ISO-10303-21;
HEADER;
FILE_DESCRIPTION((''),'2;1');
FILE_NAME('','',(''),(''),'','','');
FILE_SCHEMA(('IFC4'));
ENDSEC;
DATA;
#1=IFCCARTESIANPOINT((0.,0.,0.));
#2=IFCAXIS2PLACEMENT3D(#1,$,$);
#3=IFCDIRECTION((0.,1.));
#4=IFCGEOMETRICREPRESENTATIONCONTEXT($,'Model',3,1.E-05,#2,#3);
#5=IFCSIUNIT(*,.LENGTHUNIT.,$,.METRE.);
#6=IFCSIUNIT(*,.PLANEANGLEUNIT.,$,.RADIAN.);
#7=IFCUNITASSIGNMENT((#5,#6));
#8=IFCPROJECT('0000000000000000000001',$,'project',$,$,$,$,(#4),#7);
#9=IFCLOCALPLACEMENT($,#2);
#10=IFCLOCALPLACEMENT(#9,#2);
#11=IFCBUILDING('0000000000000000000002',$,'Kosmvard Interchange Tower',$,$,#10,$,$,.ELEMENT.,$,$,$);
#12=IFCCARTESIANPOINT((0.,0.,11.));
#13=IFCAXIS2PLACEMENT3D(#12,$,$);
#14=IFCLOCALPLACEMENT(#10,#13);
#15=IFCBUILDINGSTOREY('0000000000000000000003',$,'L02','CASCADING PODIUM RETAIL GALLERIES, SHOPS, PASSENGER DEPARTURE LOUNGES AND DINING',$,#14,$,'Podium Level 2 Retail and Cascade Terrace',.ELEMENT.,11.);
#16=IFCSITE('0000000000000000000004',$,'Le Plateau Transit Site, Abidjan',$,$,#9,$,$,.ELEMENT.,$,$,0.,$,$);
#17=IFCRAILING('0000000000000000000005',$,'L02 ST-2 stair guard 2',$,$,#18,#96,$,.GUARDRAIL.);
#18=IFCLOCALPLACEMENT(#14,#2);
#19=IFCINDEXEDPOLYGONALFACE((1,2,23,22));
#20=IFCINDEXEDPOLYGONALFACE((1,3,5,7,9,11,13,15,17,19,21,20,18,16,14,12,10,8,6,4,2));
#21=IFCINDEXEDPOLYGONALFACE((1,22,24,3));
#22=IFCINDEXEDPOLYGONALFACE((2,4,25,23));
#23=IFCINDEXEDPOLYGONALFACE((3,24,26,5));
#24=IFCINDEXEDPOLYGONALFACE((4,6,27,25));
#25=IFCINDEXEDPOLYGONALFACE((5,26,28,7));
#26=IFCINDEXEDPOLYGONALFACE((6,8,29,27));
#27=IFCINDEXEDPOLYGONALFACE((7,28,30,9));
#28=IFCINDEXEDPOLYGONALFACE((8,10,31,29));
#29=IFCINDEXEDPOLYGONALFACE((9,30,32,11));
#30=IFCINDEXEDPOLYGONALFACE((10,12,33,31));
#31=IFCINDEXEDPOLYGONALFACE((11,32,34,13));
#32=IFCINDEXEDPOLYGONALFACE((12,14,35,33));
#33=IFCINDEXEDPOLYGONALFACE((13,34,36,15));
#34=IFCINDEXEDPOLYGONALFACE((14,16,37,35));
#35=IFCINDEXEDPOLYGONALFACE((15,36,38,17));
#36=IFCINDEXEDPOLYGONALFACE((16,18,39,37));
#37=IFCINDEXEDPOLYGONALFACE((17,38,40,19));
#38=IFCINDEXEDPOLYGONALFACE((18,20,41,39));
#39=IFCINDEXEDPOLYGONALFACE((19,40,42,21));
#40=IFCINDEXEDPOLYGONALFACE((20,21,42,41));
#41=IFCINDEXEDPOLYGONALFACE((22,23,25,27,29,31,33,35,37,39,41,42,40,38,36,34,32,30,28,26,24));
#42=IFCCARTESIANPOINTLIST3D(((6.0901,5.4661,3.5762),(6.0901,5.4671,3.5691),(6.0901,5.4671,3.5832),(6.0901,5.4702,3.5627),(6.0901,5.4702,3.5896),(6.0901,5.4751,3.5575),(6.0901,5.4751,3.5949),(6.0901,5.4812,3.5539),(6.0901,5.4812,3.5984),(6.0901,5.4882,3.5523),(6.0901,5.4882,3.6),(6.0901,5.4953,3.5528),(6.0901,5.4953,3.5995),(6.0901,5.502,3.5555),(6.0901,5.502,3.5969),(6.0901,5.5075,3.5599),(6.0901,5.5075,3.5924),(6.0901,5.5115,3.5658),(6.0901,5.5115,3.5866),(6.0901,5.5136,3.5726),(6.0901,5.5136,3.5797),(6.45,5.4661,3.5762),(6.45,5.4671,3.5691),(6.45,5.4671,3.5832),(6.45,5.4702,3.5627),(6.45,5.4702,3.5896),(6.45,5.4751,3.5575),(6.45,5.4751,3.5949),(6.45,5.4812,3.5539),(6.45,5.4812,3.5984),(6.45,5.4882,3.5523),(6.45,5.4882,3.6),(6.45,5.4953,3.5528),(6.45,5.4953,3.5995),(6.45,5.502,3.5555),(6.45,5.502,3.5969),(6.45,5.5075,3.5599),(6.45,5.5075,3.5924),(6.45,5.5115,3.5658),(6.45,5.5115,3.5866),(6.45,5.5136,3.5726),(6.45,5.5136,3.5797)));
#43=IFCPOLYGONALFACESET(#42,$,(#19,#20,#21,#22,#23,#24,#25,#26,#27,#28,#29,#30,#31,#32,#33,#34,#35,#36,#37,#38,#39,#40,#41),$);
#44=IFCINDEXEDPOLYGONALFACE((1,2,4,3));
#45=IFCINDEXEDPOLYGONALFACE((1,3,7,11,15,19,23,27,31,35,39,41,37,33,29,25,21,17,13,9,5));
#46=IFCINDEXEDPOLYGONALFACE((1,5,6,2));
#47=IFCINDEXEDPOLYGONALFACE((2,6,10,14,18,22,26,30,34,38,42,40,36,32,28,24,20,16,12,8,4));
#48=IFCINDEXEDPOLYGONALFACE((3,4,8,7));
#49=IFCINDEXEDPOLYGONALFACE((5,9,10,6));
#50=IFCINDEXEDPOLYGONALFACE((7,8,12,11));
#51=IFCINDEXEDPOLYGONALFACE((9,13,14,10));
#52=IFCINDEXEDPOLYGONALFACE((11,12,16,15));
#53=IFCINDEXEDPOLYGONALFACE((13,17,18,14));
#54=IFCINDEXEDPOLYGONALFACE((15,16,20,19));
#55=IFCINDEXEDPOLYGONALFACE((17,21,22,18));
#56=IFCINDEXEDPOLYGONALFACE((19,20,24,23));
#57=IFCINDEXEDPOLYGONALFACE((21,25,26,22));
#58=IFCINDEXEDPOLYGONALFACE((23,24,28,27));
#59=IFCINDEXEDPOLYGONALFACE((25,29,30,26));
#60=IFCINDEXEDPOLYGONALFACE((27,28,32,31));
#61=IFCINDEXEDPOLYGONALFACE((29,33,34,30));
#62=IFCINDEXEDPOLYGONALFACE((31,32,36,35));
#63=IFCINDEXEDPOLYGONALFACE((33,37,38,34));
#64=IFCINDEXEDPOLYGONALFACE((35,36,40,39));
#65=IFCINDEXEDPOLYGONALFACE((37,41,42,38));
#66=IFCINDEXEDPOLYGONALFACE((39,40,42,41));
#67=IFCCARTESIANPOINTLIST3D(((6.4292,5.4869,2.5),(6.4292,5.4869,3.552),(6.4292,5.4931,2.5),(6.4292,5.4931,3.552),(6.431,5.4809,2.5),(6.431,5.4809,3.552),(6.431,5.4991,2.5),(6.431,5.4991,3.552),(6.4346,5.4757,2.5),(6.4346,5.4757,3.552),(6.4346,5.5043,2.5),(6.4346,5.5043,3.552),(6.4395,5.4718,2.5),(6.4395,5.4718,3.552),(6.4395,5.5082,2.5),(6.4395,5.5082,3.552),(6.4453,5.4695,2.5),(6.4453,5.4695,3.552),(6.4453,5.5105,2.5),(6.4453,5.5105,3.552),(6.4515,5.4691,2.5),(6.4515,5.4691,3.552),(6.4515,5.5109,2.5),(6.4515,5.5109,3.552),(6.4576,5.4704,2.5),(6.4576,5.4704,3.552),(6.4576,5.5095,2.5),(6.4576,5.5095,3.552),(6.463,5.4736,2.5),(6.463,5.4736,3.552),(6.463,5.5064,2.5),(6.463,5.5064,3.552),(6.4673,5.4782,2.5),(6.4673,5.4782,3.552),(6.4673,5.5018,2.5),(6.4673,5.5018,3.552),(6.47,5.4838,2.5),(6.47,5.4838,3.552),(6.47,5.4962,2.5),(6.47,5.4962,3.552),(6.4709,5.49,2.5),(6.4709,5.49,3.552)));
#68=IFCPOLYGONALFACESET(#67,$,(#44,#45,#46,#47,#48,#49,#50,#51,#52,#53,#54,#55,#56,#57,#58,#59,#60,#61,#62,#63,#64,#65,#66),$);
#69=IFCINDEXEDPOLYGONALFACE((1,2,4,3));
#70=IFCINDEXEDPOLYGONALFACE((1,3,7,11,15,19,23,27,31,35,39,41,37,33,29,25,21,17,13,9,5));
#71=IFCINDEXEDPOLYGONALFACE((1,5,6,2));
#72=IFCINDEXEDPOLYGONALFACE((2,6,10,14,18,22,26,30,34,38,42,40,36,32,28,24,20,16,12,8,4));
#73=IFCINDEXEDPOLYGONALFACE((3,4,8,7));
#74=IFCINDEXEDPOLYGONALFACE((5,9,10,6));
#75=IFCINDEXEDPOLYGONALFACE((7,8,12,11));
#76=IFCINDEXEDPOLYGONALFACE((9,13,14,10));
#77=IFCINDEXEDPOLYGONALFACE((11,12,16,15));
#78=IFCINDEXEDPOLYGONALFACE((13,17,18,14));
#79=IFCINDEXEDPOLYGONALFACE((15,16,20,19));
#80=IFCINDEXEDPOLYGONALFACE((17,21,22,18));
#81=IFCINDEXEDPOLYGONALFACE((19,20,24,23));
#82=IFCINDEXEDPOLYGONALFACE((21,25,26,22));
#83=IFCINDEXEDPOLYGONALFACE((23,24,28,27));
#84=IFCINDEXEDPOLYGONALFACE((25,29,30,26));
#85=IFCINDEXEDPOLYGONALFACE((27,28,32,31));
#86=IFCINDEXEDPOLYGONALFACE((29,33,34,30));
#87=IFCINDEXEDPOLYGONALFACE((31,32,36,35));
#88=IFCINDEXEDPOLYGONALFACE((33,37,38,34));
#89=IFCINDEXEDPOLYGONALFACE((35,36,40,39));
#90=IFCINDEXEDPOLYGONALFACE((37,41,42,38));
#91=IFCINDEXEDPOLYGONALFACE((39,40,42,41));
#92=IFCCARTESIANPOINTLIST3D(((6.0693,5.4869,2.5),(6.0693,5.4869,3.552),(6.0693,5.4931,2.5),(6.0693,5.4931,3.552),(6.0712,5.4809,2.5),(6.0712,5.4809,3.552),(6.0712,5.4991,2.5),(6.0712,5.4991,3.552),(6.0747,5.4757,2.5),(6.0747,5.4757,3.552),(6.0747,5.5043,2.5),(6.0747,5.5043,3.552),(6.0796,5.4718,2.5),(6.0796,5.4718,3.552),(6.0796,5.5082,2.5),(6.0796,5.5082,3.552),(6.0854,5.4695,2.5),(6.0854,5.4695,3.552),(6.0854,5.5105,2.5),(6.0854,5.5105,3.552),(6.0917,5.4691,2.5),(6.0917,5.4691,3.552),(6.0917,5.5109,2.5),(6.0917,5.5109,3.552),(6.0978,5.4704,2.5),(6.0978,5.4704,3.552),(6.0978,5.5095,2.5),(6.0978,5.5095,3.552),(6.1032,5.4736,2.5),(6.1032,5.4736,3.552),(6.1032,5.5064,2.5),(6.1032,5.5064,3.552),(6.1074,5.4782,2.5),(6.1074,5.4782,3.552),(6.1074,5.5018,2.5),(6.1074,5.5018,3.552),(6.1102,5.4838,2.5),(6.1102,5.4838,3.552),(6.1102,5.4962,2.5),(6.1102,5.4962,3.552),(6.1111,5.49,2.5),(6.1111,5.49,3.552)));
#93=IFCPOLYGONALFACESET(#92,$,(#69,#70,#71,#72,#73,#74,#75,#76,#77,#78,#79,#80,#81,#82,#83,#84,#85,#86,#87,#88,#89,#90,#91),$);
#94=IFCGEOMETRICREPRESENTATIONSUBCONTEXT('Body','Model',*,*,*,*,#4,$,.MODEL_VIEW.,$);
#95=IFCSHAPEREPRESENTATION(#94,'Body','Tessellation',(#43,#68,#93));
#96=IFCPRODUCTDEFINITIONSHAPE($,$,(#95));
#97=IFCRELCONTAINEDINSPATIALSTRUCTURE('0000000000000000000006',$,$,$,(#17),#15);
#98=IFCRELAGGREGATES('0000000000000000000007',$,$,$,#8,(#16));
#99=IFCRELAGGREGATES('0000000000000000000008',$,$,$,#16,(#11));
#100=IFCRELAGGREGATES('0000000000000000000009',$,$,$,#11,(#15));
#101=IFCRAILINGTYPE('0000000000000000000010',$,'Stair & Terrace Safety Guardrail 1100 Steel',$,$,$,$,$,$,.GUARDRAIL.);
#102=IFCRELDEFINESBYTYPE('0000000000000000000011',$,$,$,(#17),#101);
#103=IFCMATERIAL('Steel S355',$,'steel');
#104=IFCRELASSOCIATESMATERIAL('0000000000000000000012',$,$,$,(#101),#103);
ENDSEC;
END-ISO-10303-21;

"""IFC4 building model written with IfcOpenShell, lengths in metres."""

from ifc_helpers import new_model, si_unit, direction, frame, origin, origin_2d, place, context, subcontext, project, spatial, circle, extrude, source, transform, mapped, material, type_object, element, save


model = new_model("IFC4")

# Units and contexts
model_context = context("Model", 3, precision=1e-05, world=origin(), true_north=direction((0.0, 1.0)))
body_context = subcontext(model_context, "Body", "Model", "MODEL_VIEW")
ifc_project = project(units=[si_unit("LENGTHUNIT", "METRE"), si_unit("PLANEANGLEUNIT", "RADIAN")], contexts=[model_context])

# Site, building, storey
site_placement = place(None, origin())
site = spatial("IfcSite", under=ifc_project, at=site_placement, Name="Le Plateau Transit Site, Abidjan", CompositionType="ELEMENT", RefElevation=0.0)
building_placement = place(site_placement, origin())
building = spatial("IfcBuilding", under=site, at=building_placement, Name="Kosmvard Interchange Tower", CompositionType="ELEMENT")
storey_placement = place(building_placement, frame((0.0, 0.0, 11.0)))
storey = spatial("IfcBuildingStorey", under=building, at=storey_placement, Name="L02", Description="CASCADING PODIUM RETAIL GALLERIES, SHOPS, PASSENGER DEPARTURE LOUNGES AND DINING", LongName="Podium Level 2 Retail and Cascade Terrace", CompositionType="ELEMENT", Elevation=11.0)

# Shared definitions
ifc_material_1 = material(Name="Steel S355", Category="steel")

# Railing
railing_type_1 = type_object("IfcRailingType", Name="Stair & Terrace Safety Guardrail 1100 Steel", PredefinedType="GUARDRAIL", material=ifc_material_1)
shared_shape_1 = source(origin(), body_context, "Body", "SweptSolid", [
    extrude(circle(Radius=0.0239, at=origin_2d()), frame((0.0, 0.0, 1.0762), z_axis=(-1.0, 0.0, 0.0), x_axis=(0.0, -1.0, 0.0)), (0.0, 0.0, 1.0), 0.3599),
    extrude(circle(Radius=0.021, at=origin_2d()), origin(), (0.0, 0.0, 1.0), 1.052),
    extrude(circle(Radius=0.021, at=origin_2d()), frame((-0.3599, 0.0, 0.0)), (0.0, 0.0, 1.0), 1.052),
])
railing_1_placement = place(storey_placement, frame((6.45, 5.49, 2.5)))
element("IfcRailing", 1, at=railing_1_placement, inside=storey, type_object=railing_type_1, Name="L02 ST-2 stair guard 2", PredefinedType="GUARDRAIL", context=body_context, shape_type="MappedRepresentation", body=[
    mapped(shared_shape_1, transform((0.0, 0.0, 0.0), scale=1.0)),
])

save(model, "model.ifc")
